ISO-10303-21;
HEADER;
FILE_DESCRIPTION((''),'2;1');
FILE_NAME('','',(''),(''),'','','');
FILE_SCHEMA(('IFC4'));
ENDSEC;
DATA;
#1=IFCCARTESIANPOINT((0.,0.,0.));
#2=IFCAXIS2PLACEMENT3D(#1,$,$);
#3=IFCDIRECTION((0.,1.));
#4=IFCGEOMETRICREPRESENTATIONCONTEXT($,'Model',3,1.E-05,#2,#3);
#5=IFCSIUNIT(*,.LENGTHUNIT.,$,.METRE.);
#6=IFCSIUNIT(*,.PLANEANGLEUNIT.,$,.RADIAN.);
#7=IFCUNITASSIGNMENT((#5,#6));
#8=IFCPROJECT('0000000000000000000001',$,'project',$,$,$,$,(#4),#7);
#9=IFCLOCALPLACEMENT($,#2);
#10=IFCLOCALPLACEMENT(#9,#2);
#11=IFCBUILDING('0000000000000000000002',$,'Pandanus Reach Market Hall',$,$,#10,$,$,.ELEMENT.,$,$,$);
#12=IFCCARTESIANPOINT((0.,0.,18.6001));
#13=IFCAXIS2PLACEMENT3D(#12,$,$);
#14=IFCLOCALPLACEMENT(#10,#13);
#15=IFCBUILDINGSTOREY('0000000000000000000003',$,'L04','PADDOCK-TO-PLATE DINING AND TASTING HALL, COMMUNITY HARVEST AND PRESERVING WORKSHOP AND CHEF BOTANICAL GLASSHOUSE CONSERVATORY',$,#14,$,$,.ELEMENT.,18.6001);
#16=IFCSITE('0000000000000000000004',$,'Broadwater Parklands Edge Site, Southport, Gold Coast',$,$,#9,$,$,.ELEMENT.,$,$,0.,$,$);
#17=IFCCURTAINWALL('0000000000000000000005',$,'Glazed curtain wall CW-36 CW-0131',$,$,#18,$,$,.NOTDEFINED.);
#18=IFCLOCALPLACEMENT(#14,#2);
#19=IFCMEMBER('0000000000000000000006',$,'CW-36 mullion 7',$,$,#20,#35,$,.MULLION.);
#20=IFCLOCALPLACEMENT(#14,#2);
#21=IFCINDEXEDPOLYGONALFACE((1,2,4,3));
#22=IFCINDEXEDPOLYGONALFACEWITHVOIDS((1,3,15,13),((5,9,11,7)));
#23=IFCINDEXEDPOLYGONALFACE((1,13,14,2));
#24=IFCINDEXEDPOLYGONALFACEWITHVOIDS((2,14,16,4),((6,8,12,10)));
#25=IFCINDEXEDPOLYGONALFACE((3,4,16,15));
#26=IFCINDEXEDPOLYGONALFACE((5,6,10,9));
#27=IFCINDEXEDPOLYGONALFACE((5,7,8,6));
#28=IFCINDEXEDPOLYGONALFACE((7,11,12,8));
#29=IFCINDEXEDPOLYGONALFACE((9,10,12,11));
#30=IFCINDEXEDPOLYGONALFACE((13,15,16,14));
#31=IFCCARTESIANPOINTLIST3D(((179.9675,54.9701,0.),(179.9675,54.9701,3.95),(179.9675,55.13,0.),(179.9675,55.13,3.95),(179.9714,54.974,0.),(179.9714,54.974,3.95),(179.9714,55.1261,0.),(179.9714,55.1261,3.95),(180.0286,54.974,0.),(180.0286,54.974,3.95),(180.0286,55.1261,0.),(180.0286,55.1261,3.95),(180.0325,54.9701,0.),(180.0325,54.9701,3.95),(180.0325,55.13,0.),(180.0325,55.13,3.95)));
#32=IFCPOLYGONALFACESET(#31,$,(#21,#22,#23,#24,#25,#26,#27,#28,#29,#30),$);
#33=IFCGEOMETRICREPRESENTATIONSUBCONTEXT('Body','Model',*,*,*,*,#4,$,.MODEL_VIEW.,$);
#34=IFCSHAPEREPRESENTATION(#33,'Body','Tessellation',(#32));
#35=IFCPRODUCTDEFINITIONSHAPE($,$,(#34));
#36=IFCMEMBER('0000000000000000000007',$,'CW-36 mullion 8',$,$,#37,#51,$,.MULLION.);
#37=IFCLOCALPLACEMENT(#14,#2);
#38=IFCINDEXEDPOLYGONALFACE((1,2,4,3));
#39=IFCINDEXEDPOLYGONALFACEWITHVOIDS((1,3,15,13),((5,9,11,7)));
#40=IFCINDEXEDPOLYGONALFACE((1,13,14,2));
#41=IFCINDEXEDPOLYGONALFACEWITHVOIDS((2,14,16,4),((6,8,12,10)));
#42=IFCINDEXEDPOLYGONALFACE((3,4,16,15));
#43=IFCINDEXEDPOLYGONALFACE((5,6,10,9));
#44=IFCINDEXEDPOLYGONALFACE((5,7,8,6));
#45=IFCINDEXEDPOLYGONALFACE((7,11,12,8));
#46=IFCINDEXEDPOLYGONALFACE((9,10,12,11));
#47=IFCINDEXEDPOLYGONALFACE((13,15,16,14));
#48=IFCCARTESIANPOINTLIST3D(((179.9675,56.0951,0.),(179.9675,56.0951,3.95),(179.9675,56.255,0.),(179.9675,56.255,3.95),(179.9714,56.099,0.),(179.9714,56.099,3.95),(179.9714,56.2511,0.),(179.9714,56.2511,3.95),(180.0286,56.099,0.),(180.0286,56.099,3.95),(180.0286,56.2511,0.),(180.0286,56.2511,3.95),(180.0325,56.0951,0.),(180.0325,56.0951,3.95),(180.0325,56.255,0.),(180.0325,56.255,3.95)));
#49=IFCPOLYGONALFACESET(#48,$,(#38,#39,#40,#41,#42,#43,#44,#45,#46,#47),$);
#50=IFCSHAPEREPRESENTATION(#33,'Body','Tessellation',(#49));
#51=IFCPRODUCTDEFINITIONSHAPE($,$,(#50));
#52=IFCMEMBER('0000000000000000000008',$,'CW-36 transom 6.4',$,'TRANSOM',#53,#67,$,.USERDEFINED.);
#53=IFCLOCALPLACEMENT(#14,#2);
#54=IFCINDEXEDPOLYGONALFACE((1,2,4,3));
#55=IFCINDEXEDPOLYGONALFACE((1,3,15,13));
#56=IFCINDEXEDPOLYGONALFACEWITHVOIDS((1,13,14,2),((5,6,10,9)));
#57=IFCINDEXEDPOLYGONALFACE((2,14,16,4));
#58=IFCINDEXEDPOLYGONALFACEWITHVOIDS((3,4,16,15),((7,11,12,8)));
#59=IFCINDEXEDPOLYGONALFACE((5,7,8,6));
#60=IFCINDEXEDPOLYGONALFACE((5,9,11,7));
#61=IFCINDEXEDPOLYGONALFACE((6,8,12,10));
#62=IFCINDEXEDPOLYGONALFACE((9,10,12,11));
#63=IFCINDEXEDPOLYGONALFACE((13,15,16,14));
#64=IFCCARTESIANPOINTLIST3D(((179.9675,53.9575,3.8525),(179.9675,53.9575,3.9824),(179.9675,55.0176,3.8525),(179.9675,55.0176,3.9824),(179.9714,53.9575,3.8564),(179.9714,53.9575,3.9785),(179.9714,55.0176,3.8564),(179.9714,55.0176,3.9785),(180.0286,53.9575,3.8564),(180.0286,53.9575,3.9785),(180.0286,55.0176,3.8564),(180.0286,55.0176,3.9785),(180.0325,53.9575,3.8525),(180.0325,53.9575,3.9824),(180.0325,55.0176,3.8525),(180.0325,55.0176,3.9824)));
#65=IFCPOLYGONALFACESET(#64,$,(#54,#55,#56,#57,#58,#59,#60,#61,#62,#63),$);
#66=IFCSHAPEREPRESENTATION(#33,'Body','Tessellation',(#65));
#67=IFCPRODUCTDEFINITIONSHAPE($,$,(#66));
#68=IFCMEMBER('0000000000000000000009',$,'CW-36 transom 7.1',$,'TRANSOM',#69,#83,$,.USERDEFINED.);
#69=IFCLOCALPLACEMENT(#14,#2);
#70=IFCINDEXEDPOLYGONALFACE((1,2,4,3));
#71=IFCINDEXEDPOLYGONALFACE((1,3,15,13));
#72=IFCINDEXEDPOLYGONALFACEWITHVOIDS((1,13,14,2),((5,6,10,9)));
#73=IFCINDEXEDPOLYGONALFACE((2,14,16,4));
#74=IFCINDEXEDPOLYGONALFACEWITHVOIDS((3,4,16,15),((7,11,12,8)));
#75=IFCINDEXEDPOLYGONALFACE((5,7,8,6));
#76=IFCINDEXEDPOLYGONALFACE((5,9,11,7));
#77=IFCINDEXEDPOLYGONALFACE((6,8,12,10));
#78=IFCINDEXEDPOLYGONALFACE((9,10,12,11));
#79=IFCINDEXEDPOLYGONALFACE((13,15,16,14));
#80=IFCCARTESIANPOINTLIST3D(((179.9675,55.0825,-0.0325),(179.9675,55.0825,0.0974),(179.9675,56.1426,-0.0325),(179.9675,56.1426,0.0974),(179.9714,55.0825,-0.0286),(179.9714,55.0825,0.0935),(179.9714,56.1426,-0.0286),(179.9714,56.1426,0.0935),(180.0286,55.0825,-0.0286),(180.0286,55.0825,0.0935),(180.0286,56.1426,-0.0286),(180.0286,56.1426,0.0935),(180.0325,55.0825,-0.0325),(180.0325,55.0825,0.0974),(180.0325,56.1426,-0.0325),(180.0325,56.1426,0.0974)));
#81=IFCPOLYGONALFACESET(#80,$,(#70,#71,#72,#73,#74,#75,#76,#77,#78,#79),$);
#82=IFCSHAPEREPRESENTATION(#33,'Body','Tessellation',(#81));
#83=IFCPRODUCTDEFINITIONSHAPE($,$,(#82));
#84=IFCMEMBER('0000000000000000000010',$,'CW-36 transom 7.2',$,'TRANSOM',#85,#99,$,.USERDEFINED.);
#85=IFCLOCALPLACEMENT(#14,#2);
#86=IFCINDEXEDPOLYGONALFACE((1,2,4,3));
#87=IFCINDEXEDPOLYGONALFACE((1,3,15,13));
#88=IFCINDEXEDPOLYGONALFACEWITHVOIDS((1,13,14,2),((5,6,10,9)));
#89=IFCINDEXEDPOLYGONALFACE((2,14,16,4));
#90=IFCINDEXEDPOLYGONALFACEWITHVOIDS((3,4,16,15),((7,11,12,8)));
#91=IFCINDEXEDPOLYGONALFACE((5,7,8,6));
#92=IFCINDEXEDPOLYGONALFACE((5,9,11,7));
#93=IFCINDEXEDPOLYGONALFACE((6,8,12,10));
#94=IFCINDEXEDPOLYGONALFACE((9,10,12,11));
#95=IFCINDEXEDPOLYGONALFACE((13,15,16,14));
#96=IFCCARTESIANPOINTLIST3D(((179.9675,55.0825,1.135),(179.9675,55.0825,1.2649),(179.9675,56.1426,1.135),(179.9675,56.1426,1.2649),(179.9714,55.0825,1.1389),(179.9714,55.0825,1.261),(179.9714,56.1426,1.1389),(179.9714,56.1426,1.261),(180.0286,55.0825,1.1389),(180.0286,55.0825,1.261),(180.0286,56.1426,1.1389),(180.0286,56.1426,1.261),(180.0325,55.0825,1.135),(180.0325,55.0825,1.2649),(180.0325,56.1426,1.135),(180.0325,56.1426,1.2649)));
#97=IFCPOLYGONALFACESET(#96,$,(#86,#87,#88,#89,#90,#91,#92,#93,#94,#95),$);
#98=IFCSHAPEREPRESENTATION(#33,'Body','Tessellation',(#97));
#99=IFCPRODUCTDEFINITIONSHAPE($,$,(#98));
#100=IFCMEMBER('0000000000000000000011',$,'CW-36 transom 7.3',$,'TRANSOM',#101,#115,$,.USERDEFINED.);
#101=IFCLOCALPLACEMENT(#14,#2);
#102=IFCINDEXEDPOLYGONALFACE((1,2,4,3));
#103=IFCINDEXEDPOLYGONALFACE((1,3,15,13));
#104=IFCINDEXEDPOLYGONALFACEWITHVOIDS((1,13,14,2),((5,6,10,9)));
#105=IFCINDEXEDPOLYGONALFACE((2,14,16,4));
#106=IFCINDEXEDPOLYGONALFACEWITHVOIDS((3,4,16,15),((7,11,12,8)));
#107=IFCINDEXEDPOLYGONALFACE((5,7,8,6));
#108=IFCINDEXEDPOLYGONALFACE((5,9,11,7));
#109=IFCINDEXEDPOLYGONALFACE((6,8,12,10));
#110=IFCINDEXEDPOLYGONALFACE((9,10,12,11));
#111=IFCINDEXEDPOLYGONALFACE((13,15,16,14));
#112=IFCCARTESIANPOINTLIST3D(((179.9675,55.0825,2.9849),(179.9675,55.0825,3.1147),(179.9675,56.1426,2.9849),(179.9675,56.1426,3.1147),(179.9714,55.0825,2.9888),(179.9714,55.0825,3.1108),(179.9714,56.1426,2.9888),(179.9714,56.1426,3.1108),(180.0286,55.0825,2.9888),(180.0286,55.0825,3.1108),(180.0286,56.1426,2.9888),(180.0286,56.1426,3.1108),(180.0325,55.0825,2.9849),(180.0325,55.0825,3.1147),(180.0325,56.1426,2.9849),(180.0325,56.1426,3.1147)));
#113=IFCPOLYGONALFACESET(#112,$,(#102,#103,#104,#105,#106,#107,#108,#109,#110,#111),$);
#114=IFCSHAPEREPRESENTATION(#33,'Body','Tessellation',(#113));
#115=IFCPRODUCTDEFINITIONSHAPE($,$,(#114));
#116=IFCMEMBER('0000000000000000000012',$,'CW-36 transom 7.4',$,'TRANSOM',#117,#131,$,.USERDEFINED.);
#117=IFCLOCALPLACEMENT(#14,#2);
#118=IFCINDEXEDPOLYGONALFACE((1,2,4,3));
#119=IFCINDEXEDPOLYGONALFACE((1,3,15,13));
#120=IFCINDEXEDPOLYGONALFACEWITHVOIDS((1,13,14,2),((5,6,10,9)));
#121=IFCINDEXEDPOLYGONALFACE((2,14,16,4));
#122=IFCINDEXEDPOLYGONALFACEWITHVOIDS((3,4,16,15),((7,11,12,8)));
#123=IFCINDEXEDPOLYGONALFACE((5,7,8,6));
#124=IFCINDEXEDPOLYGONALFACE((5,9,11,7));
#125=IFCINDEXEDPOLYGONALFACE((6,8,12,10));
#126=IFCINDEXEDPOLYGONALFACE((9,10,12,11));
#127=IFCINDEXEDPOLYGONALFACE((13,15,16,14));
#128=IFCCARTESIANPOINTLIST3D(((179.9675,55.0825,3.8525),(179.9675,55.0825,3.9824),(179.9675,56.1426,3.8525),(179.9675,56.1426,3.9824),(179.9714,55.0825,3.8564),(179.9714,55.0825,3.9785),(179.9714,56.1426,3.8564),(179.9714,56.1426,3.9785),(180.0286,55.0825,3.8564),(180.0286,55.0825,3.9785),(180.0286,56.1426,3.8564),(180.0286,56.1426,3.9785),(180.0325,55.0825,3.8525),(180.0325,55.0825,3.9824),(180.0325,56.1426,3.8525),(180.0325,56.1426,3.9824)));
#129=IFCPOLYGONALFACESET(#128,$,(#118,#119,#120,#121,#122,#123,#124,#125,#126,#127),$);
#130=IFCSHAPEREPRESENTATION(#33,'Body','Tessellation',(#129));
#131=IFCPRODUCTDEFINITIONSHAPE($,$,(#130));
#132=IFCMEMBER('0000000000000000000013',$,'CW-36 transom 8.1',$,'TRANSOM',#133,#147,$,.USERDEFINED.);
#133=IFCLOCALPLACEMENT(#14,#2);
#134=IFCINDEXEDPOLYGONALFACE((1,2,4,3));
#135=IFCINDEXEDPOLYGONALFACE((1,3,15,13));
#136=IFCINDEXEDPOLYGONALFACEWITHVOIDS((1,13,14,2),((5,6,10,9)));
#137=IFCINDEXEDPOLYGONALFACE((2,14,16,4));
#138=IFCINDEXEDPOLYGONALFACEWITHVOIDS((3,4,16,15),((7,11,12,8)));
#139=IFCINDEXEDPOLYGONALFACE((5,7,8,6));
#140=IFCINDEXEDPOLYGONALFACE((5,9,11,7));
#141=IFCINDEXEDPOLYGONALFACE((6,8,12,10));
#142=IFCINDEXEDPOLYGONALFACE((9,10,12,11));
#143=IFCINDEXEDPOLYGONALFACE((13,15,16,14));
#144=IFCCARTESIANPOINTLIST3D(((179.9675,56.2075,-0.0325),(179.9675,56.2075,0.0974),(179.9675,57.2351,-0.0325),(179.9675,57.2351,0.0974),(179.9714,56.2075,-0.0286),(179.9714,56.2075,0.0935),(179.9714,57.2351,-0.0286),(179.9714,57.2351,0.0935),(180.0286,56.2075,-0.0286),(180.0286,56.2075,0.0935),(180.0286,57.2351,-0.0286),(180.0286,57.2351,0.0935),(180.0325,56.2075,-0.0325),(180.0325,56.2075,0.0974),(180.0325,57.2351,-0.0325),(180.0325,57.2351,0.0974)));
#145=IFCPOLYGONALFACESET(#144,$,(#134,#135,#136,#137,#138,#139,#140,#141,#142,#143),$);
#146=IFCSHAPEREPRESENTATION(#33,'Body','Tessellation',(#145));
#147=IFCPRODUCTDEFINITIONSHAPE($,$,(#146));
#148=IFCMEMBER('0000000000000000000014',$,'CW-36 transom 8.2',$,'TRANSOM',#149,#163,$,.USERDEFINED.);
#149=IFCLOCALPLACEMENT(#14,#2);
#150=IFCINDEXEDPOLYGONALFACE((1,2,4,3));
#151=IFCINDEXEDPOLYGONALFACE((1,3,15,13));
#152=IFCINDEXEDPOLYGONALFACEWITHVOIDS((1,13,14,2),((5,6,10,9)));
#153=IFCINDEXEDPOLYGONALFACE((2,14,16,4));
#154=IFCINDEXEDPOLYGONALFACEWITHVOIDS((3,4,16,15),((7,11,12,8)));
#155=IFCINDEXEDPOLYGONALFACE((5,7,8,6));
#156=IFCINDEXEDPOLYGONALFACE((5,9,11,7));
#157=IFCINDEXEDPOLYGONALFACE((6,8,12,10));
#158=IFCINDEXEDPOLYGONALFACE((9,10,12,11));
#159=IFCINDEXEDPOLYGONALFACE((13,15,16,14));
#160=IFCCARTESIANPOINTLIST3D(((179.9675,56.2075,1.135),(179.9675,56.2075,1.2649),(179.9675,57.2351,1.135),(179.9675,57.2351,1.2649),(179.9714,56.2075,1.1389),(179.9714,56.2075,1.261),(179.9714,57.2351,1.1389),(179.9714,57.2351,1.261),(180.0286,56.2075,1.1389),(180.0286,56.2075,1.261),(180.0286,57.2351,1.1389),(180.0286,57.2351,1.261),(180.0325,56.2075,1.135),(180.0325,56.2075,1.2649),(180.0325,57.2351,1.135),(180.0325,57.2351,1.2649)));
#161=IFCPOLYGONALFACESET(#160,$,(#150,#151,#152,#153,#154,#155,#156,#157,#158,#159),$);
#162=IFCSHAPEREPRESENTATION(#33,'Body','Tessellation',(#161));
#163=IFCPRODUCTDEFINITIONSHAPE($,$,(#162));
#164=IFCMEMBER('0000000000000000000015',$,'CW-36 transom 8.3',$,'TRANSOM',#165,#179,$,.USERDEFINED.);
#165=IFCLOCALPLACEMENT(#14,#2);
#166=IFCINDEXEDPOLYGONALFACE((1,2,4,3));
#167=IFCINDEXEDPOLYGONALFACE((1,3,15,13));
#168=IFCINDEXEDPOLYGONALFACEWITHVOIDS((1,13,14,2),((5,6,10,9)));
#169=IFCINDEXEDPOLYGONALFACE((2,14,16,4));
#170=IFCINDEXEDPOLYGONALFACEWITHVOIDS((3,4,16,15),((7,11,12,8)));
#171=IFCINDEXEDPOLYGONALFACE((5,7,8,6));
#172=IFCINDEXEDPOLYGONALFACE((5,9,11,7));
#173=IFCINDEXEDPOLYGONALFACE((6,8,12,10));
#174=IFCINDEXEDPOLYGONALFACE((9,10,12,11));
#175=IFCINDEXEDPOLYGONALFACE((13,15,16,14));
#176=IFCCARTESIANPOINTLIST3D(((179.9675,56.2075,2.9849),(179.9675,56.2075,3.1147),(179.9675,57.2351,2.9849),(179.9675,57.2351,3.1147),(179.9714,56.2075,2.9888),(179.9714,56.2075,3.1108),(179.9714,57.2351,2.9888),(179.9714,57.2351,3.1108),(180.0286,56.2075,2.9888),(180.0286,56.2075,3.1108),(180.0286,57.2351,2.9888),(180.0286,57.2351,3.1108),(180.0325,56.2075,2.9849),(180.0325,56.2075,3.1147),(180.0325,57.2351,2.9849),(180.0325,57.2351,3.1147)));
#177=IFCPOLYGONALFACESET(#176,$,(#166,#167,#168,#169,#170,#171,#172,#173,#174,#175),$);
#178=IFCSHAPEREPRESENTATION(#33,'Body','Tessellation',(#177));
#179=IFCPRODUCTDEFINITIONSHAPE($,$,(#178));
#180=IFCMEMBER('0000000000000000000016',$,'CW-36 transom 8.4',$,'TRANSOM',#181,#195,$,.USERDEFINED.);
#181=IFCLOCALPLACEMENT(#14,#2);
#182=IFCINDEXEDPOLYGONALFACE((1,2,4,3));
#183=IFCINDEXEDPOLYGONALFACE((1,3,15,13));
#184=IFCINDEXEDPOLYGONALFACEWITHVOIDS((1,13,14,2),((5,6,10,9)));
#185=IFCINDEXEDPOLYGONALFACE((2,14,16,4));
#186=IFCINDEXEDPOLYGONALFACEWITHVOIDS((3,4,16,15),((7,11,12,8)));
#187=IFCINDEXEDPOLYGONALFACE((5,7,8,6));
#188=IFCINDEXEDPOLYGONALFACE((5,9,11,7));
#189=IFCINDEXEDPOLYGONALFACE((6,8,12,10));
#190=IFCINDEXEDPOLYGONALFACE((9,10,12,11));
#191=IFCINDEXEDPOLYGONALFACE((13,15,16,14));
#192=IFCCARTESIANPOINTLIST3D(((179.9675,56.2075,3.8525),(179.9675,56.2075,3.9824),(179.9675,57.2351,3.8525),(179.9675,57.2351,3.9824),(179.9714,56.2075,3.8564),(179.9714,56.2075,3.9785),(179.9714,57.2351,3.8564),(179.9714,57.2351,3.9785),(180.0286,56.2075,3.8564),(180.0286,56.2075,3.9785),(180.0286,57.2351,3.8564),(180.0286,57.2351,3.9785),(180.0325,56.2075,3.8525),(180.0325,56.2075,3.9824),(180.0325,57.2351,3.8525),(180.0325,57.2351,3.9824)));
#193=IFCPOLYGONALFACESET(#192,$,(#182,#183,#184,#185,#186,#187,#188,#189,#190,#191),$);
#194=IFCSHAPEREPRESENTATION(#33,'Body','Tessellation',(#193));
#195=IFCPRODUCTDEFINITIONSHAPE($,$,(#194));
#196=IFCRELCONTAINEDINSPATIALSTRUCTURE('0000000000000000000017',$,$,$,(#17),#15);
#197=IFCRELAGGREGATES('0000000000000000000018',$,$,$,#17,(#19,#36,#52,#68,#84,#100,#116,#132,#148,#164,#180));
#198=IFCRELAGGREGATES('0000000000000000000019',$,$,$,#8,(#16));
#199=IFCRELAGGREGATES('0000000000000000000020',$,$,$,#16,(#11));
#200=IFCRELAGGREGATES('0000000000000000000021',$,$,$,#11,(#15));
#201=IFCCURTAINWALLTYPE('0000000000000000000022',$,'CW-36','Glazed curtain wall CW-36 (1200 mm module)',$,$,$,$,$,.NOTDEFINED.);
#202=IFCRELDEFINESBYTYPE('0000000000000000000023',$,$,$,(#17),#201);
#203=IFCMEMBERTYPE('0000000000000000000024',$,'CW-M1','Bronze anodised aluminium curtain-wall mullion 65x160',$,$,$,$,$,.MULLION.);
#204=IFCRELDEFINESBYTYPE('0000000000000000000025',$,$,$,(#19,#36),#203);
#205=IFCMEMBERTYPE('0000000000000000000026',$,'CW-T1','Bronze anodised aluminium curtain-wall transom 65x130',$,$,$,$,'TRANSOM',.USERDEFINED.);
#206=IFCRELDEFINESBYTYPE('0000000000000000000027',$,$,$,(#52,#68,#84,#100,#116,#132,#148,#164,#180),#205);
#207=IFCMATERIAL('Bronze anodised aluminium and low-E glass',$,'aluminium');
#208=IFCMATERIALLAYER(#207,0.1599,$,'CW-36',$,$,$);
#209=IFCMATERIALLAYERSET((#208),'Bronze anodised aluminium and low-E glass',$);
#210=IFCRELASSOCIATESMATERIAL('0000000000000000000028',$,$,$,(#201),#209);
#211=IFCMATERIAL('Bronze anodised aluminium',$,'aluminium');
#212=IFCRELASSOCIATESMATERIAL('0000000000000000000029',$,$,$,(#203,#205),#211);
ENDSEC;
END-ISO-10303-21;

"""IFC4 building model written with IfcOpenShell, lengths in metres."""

from ifc_helpers import new_model, si_unit, direction, frame, origin, origin_2d, place, context, subcontext, project, spatial, hollow_rectangle, extrude, material, layer, layer_set, material_profile, profile_set, type_object, element, aggregate, save


model = new_model("IFC4")

# Units and contexts
model_context = context("Model", 3, precision=1e-05, world=origin(), true_north=direction((0.0, 1.0)))
body_context = subcontext(model_context, "Body", "Model", "MODEL_VIEW")
ifc_project = project(units=[si_unit("LENGTHUNIT", "METRE"), si_unit("PLANEANGLEUNIT", "RADIAN")], contexts=[model_context])

# Site, building, storey
site_placement = place(None, origin())
site = spatial("IfcSite", under=ifc_project, at=site_placement, Name="Broadwater Parklands Edge Site, Southport, Gold Coast", CompositionType="ELEMENT", RefElevation=0.0)
building_placement = place(site_placement, origin())
building = spatial("IfcBuilding", under=site, at=building_placement, Name="Pandanus Reach Market Hall", CompositionType="ELEMENT")
storey_placement = place(building_placement, frame((0.0, 0.0, 18.6001)))
storey = spatial("IfcBuildingStorey", under=building, at=storey_placement, Name="L04", Description="PADDOCK-TO-PLATE DINING AND TASTING HALL, COMMUNITY HARVEST AND PRESERVING WORKSHOP AND CHEF BOTANICAL GLASSHOUSE CONSERVATORY", CompositionType="ELEMENT", Elevation=18.6001)

# Curtain wall, members
ifc_material_1 = material(Name="Bronze anodised aluminium and low-E glass", Category="aluminium")
ifc_layer_1 = layer(ifc_material_1, 0.1599, Name="CW-36")
ifc_layer_set_1 = layer_set([ifc_layer_1], Name="Bronze anodised aluminium and low-E glass")
curtain_wall_type = type_object("IfcCurtainWallType", Name="CW-36", Description="Glazed curtain wall CW-36 (1200 mm module)", PredefinedType="NOTDEFINED", material=ifc_layer_set_1)
curtain_wall_placement = place(storey_placement, origin())
curtain_wall = element("IfcCurtainWall", 1, at=curtain_wall_placement, inside=storey, type_object=curtain_wall_type, Name="Glazed curtain wall CW-36 CW-0131", PredefinedType="NOTDEFINED")
ifc_material_2 = material(Name="Bronze anodised aluminium", Category="aluminium")
ifc_material_profile_1 = material_profile(ifc_material_2, hollow_rectangle(XDim=0.0649, YDim=0.1599, WallThickness=0.0039, at=origin_2d()), Name="ALU65x160", Category="LoadBearing")
ifc_profile_set_1 = profile_set([ifc_material_profile_1], Name="Bronze anodised aluminium")
member_type_1 = type_object("IfcMemberType", Name="CW-M1", Description="Bronze anodised aluminium curtain-wall mullion 65x160", PredefinedType="MULLION", material=ifc_profile_set_1)
member_1_placement = place(storey_placement, frame((180.0, 55.05, 0.0), z_axis=(0.0, 0.0, 1.0), x_axis=(-1.0, 0.0, 0.0)))
member_1 = element("IfcMember", 2, at=member_1_placement, type_object=member_type_1, Name="CW-36 mullion 7", PredefinedType="MULLION", context=body_context, shape_type="SweptSolid", body=[
    extrude(hollow_rectangle(XDim=0.0649, YDim=0.1599, WallThickness=0.0039, at=origin_2d()), origin(), (0.0, 0.0, 1.0), 3.95),
])
member_2_placement = place(storey_placement, frame((180.0, 56.175, 0.0), z_axis=(0.0, 0.0, 1.0), x_axis=(-1.0, 0.0, 0.0)))
member_2 = element("IfcMember", 3, at=member_2_placement, type_object=member_type_1, Name="CW-36 mullion 8", PredefinedType="MULLION", context=body_context, shape_type="SweptSolid", body=[
    extrude(hollow_rectangle(XDim=0.0649, YDim=0.1599, WallThickness=0.0039, at=origin_2d()), origin(), (0.0, 0.0, 1.0), 3.95),
])
ifc_material_profile_2 = material_profile(ifc_material_2, hollow_rectangle(XDim=0.0649, YDim=0.1299, WallThickness=0.0039, at=origin_2d()), Name="ALU65x130", Category="LoadBearing")
ifc_profile_set_2 = profile_set([ifc_material_profile_2], Name="Bronze anodised aluminium")
member_type_2 = type_object("IfcMemberType", Name="CW-T1", Description="Bronze anodised aluminium curtain-wall transom 65x130", ElementType="TRANSOM", PredefinedType="USERDEFINED", material=ifc_profile_set_2)
member_3_placement = place(storey_placement, frame((180.0, 53.9575, 3.9175), z_axis=(0.0, 1.0, 0.0), x_axis=(-1.0, 0.0, 0.0)))
member_3 = element("IfcMember", 4, at=member_3_placement, type_object=member_type_2, Name="CW-36 transom 6.4", ObjectType="TRANSOM", PredefinedType="USERDEFINED", context=body_context, shape_type="SweptSolid", body=[
    extrude(hollow_rectangle(XDim=0.0649, YDim=0.1299, WallThickness=0.0039, at=origin_2d()), origin(), (0.0, 0.0, 1.0), 1.0601),
])
member_4_placement = place(storey_placement, frame((180.0, 55.0825, 0.0325), z_axis=(0.0, 1.0, 0.0), x_axis=(-1.0, 0.0, 0.0)))
member_4 = element("IfcMember", 5, at=member_4_placement, type_object=member_type_2, Name="CW-36 transom 7.1", ObjectType="TRANSOM", PredefinedType="USERDEFINED", context=body_context, shape_type="SweptSolid", body=[
    extrude(hollow_rectangle(XDim=0.0649, YDim=0.1299, WallThickness=0.0039, at=origin_2d()), origin(), (0.0, 0.0, 1.0), 1.0601),
])
member_5_placement = place(storey_placement, frame((180.0, 55.0825, 1.2), z_axis=(0.0, 1.0, 0.0), x_axis=(-1.0, 0.0, 0.0)))
member_5 = element("IfcMember", 6, at=member_5_placement, type_object=member_type_2, Name="CW-36 transom 7.2", ObjectType="TRANSOM", PredefinedType="USERDEFINED", context=body_context, shape_type="SweptSolid", body=[
    extrude(hollow_rectangle(XDim=0.0649, YDim=0.1299, WallThickness=0.0039, at=origin_2d()), origin(), (0.0, 0.0, 1.0), 1.0601),
])
member_6_placement = place(storey_placement, frame((180.0, 55.0825, 3.0498), z_axis=(0.0, 1.0, 0.0), x_axis=(-1.0, 0.0, 0.0)))
member_6 = element("IfcMember", 7, at=member_6_placement, type_object=member_type_2, Name="CW-36 transom 7.3", ObjectType="TRANSOM", PredefinedType="USERDEFINED", context=body_context, shape_type="SweptSolid", body=[
    extrude(hollow_rectangle(XDim=0.0649, YDim=0.1299, WallThickness=0.0039, at=origin_2d()), origin(), (0.0, 0.0, 1.0), 1.0601),
])
member_7_placement = place(storey_placement, frame((180.0, 55.0825, 3.9175), z_axis=(0.0, 1.0, 0.0), x_axis=(-1.0, 0.0, 0.0)))
member_7 = element("IfcMember", 8, at=member_7_placement, type_object=member_type_2, Name="CW-36 transom 7.4", ObjectType="TRANSOM", PredefinedType="USERDEFINED", context=body_context, shape_type="SweptSolid", body=[
    extrude(hollow_rectangle(XDim=0.0649, YDim=0.1299, WallThickness=0.0039, at=origin_2d()), origin(), (0.0, 0.0, 1.0), 1.0601),
])
member_8_placement = place(storey_placement, frame((180.0, 56.2075, 0.0325), z_axis=(0.0, 1.0, 0.0), x_axis=(-1.0, 0.0, 0.0)))
member_8 = element("IfcMember", 9, at=member_8_placement, type_object=member_type_2, Name="CW-36 transom 8.1", ObjectType="TRANSOM", PredefinedType="USERDEFINED", context=body_context, shape_type="SweptSolid", body=[
    extrude(hollow_rectangle(XDim=0.0649, YDim=0.1299, WallThickness=0.0039, at=origin_2d()), origin(), (0.0, 0.0, 1.0), 1.0276),
])
member_9_placement = place(storey_placement, frame((180.0, 56.2075, 1.2), z_axis=(0.0, 1.0, 0.0), x_axis=(-1.0, 0.0, 0.0)))
member_9 = element("IfcMember", 10, at=member_9_placement, type_object=member_type_2, Name="CW-36 transom 8.2", ObjectType="TRANSOM", PredefinedType="USERDEFINED", context=body_context, shape_type="SweptSolid", body=[
    extrude(hollow_rectangle(XDim=0.0649, YDim=0.1299, WallThickness=0.0039, at=origin_2d()), origin(), (0.0, 0.0, 1.0), 1.0276),
])
member_10_placement = place(storey_placement, frame((180.0, 56.2075, 3.0498), z_axis=(0.0, 1.0, 0.0), x_axis=(-1.0, 0.0, 0.0)))
member_10 = element("IfcMember", 11, at=member_10_placement, type_object=member_type_2, Name="CW-36 transom 8.3", ObjectType="TRANSOM", PredefinedType="USERDEFINED", context=body_context, shape_type="SweptSolid", body=[
    extrude(hollow_rectangle(XDim=0.0649, YDim=0.1299, WallThickness=0.0039, at=origin_2d()), origin(), (0.0, 0.0, 1.0), 1.0276),
])
member_11_placement = place(storey_placement, frame((180.0, 56.2075, 3.9175), z_axis=(0.0, 1.0, 0.0), x_axis=(-1.0, 0.0, 0.0)))
member_11 = element("IfcMember", 12, at=member_11_placement, type_object=member_type_2, Name="CW-36 transom 8.4", ObjectType="TRANSOM", PredefinedType="USERDEFINED", context=body_context, shape_type="SweptSolid", body=[
    extrude(hollow_rectangle(XDim=0.0649, YDim=0.1299, WallThickness=0.0039, at=origin_2d()), origin(), (0.0, 0.0, 1.0), 1.0276),
])
aggregate(curtain_wall, [member_1, member_2, member_3, member_4, member_5, member_6, member_7, member_8, member_9, member_10, member_11])

save(model, "model.ifc")
